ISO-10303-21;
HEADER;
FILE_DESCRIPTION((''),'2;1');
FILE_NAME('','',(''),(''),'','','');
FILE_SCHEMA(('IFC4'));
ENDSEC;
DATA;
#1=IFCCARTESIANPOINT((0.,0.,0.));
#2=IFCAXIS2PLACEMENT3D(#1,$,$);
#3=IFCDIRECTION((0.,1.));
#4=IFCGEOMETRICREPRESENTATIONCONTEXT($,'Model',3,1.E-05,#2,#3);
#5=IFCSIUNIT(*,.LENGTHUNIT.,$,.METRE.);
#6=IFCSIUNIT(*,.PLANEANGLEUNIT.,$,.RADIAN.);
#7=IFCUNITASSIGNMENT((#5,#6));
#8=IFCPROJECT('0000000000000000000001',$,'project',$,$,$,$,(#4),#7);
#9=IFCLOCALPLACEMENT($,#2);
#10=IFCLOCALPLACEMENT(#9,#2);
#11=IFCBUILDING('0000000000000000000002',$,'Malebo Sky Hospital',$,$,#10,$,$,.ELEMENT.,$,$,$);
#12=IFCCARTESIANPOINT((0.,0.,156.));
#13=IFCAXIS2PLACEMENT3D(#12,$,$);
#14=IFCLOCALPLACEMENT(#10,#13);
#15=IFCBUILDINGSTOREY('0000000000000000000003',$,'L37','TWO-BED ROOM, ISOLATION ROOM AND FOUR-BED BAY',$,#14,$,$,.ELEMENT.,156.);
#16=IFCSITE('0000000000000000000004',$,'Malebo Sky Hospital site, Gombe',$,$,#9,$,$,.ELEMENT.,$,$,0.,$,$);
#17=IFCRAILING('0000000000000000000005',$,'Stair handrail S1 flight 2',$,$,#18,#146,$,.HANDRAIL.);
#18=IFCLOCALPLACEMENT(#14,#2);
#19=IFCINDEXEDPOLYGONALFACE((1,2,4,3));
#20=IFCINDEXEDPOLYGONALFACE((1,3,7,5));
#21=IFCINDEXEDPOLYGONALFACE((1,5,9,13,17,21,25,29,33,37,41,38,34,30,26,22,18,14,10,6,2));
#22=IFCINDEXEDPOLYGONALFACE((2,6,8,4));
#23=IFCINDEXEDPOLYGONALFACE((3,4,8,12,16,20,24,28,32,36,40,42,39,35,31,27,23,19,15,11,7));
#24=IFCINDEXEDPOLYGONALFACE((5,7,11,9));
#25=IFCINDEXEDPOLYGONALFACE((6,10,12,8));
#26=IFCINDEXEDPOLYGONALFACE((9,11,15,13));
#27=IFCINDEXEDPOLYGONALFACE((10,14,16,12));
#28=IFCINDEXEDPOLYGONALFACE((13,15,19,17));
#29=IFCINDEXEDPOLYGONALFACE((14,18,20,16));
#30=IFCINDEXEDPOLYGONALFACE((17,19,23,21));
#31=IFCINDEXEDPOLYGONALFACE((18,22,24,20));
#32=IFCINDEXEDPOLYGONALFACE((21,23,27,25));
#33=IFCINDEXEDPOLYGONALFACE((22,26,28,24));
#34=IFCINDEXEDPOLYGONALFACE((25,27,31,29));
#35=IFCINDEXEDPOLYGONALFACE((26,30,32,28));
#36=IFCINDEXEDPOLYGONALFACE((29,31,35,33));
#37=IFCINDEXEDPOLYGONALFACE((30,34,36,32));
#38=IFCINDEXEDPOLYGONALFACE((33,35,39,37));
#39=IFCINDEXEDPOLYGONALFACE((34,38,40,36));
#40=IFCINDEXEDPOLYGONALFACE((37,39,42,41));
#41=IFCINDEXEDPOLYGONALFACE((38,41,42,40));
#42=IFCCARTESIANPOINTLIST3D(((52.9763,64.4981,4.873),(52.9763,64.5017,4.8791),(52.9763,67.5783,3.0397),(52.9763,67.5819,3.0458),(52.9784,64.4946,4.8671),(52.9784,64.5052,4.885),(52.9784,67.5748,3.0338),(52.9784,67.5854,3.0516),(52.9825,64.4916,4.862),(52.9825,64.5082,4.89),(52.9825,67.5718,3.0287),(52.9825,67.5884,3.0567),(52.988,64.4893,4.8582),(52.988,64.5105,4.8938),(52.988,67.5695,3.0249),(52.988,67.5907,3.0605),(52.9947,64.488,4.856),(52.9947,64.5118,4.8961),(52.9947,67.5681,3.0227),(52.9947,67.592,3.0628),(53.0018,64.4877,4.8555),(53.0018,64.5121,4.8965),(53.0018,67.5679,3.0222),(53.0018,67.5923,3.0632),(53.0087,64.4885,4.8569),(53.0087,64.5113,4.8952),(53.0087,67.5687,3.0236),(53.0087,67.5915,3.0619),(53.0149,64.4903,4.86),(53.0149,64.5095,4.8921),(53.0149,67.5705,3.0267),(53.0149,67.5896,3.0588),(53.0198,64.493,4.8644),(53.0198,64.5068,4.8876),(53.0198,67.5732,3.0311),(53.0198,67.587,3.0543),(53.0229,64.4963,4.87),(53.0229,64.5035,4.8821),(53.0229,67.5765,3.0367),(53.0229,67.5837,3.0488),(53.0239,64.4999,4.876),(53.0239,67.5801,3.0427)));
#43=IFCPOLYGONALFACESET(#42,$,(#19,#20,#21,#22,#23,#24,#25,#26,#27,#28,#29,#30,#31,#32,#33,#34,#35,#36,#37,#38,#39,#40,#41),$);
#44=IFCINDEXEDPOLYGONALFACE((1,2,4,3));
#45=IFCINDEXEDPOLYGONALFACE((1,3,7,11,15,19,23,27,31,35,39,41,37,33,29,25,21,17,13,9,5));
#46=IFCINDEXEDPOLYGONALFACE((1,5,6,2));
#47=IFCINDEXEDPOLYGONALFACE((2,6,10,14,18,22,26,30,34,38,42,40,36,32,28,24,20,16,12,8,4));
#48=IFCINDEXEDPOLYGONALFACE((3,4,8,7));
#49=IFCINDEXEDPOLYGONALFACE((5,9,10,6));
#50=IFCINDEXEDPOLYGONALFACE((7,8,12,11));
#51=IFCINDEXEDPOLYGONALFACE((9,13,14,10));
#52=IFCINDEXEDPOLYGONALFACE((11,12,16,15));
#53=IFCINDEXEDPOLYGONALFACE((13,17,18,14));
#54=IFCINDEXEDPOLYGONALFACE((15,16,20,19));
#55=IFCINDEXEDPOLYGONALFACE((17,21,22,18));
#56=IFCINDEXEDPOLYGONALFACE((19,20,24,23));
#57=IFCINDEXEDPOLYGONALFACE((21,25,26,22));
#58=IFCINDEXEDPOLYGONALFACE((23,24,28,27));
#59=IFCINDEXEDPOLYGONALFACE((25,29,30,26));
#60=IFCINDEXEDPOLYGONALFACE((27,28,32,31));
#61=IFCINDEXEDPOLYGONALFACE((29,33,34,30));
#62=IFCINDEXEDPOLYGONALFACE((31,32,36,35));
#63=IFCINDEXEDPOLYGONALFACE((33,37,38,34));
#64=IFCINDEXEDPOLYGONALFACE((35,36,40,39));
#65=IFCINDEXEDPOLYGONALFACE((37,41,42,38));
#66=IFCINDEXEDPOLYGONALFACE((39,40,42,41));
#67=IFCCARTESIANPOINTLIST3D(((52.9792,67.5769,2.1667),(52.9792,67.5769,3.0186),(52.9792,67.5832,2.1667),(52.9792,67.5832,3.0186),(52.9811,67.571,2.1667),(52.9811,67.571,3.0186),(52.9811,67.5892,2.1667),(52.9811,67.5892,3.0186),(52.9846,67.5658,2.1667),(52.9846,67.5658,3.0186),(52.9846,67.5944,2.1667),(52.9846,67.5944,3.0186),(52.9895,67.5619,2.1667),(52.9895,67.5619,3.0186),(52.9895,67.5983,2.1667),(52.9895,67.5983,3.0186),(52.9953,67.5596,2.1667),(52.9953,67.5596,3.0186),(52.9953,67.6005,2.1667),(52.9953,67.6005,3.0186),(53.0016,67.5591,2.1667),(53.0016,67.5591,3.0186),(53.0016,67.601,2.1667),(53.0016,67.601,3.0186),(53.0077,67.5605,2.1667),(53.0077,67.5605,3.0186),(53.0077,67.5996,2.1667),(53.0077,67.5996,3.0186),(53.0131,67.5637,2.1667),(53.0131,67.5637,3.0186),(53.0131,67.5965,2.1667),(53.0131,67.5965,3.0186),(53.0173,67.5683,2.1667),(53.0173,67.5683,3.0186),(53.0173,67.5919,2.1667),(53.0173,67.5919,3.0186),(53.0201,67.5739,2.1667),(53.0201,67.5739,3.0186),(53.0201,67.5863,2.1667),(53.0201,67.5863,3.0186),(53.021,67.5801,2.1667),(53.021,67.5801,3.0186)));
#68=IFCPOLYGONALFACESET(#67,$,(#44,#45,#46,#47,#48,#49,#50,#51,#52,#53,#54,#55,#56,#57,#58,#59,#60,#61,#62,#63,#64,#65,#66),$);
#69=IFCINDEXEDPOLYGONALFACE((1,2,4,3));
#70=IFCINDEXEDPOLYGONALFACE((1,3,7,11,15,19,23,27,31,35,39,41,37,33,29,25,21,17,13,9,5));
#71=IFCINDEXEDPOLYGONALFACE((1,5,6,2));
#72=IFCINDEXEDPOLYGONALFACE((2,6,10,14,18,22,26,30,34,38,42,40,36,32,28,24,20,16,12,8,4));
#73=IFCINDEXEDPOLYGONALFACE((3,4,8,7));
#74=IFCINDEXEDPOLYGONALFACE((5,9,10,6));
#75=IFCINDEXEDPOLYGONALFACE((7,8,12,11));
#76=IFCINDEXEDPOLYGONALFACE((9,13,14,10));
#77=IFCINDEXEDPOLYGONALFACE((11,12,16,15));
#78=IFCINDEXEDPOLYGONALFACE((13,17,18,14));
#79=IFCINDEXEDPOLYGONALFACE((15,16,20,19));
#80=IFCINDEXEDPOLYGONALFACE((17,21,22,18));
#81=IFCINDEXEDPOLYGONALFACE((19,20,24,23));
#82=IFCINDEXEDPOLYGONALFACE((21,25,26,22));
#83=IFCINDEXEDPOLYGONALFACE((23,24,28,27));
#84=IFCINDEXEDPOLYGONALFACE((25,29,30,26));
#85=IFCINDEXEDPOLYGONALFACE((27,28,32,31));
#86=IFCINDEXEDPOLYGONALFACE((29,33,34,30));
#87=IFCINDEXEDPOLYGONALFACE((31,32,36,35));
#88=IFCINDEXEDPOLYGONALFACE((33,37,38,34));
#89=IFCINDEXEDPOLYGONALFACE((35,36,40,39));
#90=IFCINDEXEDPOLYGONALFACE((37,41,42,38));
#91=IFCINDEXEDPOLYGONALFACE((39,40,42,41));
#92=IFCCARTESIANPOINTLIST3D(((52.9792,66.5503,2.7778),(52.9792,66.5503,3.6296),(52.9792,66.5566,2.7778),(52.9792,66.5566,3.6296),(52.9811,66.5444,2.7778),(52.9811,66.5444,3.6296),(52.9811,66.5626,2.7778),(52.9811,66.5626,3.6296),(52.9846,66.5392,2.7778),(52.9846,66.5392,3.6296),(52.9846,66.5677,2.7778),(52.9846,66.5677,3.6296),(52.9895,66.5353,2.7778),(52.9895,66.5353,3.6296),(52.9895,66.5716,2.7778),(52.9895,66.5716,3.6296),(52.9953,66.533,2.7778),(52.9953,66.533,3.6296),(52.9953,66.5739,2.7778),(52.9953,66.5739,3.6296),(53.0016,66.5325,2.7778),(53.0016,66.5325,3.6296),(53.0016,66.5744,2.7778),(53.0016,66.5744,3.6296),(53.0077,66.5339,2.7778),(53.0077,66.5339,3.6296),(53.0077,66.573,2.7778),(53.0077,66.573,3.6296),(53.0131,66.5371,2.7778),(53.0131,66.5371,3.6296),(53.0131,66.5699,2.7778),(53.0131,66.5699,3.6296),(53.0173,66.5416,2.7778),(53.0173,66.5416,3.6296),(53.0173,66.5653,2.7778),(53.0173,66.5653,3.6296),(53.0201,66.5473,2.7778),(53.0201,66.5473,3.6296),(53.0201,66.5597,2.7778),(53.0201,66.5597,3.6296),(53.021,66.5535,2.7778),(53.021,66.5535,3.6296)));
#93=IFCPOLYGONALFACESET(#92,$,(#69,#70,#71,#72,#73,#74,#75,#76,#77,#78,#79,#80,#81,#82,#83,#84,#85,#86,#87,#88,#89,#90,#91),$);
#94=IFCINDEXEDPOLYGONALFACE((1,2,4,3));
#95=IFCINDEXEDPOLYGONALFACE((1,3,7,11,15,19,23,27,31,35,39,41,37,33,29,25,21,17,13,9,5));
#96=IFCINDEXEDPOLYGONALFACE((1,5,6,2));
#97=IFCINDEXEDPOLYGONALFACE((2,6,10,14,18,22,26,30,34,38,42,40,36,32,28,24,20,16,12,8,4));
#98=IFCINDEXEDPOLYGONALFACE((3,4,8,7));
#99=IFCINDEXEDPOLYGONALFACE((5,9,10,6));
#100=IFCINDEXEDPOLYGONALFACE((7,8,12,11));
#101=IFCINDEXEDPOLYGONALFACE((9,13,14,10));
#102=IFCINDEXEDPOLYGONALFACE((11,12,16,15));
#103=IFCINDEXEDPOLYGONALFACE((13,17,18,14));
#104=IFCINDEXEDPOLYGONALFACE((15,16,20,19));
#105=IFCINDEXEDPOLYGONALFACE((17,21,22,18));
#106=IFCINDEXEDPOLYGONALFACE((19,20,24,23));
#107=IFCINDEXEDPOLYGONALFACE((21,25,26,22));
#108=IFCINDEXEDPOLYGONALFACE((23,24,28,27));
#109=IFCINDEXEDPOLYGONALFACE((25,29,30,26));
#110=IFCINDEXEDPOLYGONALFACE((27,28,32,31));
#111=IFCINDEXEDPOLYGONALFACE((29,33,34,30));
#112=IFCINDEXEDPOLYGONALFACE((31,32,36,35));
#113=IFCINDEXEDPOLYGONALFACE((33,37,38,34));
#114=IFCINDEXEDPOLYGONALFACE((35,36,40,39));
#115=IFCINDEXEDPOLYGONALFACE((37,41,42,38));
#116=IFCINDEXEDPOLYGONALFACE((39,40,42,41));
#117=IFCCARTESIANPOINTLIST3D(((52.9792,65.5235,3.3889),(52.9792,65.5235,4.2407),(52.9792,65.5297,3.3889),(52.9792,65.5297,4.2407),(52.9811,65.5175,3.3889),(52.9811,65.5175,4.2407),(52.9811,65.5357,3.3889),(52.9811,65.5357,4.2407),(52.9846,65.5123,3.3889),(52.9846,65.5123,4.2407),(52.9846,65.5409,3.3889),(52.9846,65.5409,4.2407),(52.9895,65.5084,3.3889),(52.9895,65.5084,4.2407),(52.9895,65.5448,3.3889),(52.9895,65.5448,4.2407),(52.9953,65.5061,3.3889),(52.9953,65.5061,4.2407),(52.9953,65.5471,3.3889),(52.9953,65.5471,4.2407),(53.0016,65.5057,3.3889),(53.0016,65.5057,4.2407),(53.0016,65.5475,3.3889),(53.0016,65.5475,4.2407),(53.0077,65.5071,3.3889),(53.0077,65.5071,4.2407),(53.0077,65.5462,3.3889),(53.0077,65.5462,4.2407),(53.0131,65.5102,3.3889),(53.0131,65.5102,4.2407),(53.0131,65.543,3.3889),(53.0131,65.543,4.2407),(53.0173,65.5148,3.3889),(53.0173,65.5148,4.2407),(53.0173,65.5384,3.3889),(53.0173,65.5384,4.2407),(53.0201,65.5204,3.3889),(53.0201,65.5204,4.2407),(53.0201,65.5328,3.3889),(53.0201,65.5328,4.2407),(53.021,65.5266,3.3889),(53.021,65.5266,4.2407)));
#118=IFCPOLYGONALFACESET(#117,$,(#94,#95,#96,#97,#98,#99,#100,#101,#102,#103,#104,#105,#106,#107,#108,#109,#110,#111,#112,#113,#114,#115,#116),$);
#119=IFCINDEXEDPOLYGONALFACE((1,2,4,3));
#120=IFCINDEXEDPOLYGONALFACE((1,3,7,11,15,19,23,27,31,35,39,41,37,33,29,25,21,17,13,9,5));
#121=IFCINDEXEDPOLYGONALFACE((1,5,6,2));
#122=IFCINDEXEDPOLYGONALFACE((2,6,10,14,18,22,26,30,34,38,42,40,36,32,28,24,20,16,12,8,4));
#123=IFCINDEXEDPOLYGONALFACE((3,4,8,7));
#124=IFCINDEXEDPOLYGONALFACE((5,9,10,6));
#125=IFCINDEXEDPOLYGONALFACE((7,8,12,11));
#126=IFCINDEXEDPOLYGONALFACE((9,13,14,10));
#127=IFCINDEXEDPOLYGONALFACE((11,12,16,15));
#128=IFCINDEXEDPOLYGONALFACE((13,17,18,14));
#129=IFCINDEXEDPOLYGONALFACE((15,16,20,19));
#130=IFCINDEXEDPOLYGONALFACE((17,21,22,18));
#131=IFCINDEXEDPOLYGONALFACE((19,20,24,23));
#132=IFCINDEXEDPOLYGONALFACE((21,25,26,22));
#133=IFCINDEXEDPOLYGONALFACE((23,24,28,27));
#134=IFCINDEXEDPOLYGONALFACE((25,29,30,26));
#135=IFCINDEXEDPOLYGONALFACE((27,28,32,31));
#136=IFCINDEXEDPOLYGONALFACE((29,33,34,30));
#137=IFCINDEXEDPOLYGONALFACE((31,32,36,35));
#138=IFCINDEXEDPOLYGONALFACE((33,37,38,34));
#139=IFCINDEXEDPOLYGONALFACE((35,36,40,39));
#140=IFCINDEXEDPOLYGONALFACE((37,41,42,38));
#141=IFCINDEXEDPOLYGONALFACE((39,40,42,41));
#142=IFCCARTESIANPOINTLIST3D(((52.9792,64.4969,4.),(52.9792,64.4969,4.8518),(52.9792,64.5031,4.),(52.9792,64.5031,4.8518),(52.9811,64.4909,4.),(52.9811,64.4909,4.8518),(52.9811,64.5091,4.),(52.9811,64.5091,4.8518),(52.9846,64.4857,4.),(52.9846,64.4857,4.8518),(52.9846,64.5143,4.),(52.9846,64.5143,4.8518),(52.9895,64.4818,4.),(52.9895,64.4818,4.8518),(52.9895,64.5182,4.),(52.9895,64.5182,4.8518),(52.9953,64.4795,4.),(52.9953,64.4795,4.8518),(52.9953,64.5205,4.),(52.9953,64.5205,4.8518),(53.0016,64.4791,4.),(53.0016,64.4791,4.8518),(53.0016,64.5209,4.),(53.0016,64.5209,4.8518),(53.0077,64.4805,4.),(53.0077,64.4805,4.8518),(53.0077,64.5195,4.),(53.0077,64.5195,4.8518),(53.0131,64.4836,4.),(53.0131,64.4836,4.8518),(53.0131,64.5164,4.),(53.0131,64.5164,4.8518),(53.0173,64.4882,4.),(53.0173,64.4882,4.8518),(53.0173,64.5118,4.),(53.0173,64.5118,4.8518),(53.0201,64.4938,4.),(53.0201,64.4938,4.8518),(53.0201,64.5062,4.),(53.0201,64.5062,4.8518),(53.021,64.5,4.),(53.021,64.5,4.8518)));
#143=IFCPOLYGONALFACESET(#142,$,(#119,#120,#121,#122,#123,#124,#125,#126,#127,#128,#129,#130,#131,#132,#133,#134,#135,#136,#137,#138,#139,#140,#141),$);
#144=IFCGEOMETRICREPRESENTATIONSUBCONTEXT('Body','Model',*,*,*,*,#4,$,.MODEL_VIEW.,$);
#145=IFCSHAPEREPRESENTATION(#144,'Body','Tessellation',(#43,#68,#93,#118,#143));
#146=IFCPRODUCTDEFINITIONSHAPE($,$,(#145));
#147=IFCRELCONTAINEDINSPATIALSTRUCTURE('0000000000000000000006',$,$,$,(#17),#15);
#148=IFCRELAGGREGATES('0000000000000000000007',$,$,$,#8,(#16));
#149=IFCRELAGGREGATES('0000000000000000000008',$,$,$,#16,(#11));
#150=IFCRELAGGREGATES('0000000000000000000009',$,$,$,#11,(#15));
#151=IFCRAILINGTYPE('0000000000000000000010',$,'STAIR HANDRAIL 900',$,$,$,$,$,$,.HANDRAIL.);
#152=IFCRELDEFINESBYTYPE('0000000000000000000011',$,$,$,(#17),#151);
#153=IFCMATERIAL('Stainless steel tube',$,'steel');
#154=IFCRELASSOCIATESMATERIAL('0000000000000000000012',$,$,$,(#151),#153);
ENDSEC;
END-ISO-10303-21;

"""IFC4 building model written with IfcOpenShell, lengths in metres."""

from ifc_helpers import new_model, si_unit, direction, frame, origin, origin_2d, place, context, subcontext, project, spatial, circle, extrude, material, type_object, element, save


model = new_model("IFC4")

# Units and contexts
model_context = context("Model", 3, precision=1e-05, world=origin(), true_north=direction((0.0, 1.0)))
body_context = subcontext(model_context, "Body", "Model", "MODEL_VIEW")
ifc_project = project(units=[si_unit("LENGTHUNIT", "METRE"), si_unit("PLANEANGLEUNIT", "RADIAN")], contexts=[model_context])

# Site, building, storey
site_placement = place(None, origin())
site = spatial("IfcSite", under=ifc_project, at=site_placement, Name="Malebo Sky Hospital site, Gombe", CompositionType="ELEMENT", RefElevation=0.0)
building_placement = place(site_placement, origin())
building = spatial("IfcBuilding", under=site, at=building_placement, Name="Malebo Sky Hospital", CompositionType="ELEMENT")
storey_placement = place(building_placement, frame((0.0, 0.0, 156.0)))
storey = spatial("IfcBuildingStorey", under=building, at=storey_placement, Name="L37", Description="TWO-BED ROOM, ISOLATION ROOM AND FOUR-BED BAY", CompositionType="ELEMENT", Elevation=156.0)

# Railing
ifc_material_1 = material(Name="Stainless steel tube", Category="steel")
railing_type = type_object("IfcRailingType", Name="STAIR HANDRAIL 900", PredefinedType="HANDRAIL", material=ifc_material_1)
railing_1_placement = place(storey_placement, frame((53.0, 67.5801, 2.1667)))
element("IfcRailing", 1, at=railing_1_placement, inside=storey, type_object=railing_type, Name="Stair handrail S1 flight 2", PredefinedType="HANDRAIL", context=body_context, shape_type="SweptSolid", body=[
    extrude(circle(Radius=0.0239, at=origin_2d()), frame((0.0, 0.0, 0.876), z_axis=(0.0, -0.859309, 0.511458), x_axis=(1.0, 0.0, 0.0)), (0.0, 0.0, 1.0), 3.5845),
    extrude(circle(Radius=0.021, at=origin_2d()), origin(), (0.0, 0.0, 1.0), 0.8518),
    extrude(circle(Radius=0.021, at=origin_2d()), frame((0.0, -1.0266, 0.6111)), (0.0, 0.0, 1.0), 0.8518),
    extrude(circle(Radius=0.021, at=origin_2d()), frame((0.0, -2.0535, 1.2222)), (0.0, 0.0, 1.0), 0.8518),
    extrude(circle(Radius=0.021, at=origin_2d()), frame((0.0, -3.0801, 1.8333)), (0.0, 0.0, 1.0), 0.8518),
])

save(model, "model.ifc")
